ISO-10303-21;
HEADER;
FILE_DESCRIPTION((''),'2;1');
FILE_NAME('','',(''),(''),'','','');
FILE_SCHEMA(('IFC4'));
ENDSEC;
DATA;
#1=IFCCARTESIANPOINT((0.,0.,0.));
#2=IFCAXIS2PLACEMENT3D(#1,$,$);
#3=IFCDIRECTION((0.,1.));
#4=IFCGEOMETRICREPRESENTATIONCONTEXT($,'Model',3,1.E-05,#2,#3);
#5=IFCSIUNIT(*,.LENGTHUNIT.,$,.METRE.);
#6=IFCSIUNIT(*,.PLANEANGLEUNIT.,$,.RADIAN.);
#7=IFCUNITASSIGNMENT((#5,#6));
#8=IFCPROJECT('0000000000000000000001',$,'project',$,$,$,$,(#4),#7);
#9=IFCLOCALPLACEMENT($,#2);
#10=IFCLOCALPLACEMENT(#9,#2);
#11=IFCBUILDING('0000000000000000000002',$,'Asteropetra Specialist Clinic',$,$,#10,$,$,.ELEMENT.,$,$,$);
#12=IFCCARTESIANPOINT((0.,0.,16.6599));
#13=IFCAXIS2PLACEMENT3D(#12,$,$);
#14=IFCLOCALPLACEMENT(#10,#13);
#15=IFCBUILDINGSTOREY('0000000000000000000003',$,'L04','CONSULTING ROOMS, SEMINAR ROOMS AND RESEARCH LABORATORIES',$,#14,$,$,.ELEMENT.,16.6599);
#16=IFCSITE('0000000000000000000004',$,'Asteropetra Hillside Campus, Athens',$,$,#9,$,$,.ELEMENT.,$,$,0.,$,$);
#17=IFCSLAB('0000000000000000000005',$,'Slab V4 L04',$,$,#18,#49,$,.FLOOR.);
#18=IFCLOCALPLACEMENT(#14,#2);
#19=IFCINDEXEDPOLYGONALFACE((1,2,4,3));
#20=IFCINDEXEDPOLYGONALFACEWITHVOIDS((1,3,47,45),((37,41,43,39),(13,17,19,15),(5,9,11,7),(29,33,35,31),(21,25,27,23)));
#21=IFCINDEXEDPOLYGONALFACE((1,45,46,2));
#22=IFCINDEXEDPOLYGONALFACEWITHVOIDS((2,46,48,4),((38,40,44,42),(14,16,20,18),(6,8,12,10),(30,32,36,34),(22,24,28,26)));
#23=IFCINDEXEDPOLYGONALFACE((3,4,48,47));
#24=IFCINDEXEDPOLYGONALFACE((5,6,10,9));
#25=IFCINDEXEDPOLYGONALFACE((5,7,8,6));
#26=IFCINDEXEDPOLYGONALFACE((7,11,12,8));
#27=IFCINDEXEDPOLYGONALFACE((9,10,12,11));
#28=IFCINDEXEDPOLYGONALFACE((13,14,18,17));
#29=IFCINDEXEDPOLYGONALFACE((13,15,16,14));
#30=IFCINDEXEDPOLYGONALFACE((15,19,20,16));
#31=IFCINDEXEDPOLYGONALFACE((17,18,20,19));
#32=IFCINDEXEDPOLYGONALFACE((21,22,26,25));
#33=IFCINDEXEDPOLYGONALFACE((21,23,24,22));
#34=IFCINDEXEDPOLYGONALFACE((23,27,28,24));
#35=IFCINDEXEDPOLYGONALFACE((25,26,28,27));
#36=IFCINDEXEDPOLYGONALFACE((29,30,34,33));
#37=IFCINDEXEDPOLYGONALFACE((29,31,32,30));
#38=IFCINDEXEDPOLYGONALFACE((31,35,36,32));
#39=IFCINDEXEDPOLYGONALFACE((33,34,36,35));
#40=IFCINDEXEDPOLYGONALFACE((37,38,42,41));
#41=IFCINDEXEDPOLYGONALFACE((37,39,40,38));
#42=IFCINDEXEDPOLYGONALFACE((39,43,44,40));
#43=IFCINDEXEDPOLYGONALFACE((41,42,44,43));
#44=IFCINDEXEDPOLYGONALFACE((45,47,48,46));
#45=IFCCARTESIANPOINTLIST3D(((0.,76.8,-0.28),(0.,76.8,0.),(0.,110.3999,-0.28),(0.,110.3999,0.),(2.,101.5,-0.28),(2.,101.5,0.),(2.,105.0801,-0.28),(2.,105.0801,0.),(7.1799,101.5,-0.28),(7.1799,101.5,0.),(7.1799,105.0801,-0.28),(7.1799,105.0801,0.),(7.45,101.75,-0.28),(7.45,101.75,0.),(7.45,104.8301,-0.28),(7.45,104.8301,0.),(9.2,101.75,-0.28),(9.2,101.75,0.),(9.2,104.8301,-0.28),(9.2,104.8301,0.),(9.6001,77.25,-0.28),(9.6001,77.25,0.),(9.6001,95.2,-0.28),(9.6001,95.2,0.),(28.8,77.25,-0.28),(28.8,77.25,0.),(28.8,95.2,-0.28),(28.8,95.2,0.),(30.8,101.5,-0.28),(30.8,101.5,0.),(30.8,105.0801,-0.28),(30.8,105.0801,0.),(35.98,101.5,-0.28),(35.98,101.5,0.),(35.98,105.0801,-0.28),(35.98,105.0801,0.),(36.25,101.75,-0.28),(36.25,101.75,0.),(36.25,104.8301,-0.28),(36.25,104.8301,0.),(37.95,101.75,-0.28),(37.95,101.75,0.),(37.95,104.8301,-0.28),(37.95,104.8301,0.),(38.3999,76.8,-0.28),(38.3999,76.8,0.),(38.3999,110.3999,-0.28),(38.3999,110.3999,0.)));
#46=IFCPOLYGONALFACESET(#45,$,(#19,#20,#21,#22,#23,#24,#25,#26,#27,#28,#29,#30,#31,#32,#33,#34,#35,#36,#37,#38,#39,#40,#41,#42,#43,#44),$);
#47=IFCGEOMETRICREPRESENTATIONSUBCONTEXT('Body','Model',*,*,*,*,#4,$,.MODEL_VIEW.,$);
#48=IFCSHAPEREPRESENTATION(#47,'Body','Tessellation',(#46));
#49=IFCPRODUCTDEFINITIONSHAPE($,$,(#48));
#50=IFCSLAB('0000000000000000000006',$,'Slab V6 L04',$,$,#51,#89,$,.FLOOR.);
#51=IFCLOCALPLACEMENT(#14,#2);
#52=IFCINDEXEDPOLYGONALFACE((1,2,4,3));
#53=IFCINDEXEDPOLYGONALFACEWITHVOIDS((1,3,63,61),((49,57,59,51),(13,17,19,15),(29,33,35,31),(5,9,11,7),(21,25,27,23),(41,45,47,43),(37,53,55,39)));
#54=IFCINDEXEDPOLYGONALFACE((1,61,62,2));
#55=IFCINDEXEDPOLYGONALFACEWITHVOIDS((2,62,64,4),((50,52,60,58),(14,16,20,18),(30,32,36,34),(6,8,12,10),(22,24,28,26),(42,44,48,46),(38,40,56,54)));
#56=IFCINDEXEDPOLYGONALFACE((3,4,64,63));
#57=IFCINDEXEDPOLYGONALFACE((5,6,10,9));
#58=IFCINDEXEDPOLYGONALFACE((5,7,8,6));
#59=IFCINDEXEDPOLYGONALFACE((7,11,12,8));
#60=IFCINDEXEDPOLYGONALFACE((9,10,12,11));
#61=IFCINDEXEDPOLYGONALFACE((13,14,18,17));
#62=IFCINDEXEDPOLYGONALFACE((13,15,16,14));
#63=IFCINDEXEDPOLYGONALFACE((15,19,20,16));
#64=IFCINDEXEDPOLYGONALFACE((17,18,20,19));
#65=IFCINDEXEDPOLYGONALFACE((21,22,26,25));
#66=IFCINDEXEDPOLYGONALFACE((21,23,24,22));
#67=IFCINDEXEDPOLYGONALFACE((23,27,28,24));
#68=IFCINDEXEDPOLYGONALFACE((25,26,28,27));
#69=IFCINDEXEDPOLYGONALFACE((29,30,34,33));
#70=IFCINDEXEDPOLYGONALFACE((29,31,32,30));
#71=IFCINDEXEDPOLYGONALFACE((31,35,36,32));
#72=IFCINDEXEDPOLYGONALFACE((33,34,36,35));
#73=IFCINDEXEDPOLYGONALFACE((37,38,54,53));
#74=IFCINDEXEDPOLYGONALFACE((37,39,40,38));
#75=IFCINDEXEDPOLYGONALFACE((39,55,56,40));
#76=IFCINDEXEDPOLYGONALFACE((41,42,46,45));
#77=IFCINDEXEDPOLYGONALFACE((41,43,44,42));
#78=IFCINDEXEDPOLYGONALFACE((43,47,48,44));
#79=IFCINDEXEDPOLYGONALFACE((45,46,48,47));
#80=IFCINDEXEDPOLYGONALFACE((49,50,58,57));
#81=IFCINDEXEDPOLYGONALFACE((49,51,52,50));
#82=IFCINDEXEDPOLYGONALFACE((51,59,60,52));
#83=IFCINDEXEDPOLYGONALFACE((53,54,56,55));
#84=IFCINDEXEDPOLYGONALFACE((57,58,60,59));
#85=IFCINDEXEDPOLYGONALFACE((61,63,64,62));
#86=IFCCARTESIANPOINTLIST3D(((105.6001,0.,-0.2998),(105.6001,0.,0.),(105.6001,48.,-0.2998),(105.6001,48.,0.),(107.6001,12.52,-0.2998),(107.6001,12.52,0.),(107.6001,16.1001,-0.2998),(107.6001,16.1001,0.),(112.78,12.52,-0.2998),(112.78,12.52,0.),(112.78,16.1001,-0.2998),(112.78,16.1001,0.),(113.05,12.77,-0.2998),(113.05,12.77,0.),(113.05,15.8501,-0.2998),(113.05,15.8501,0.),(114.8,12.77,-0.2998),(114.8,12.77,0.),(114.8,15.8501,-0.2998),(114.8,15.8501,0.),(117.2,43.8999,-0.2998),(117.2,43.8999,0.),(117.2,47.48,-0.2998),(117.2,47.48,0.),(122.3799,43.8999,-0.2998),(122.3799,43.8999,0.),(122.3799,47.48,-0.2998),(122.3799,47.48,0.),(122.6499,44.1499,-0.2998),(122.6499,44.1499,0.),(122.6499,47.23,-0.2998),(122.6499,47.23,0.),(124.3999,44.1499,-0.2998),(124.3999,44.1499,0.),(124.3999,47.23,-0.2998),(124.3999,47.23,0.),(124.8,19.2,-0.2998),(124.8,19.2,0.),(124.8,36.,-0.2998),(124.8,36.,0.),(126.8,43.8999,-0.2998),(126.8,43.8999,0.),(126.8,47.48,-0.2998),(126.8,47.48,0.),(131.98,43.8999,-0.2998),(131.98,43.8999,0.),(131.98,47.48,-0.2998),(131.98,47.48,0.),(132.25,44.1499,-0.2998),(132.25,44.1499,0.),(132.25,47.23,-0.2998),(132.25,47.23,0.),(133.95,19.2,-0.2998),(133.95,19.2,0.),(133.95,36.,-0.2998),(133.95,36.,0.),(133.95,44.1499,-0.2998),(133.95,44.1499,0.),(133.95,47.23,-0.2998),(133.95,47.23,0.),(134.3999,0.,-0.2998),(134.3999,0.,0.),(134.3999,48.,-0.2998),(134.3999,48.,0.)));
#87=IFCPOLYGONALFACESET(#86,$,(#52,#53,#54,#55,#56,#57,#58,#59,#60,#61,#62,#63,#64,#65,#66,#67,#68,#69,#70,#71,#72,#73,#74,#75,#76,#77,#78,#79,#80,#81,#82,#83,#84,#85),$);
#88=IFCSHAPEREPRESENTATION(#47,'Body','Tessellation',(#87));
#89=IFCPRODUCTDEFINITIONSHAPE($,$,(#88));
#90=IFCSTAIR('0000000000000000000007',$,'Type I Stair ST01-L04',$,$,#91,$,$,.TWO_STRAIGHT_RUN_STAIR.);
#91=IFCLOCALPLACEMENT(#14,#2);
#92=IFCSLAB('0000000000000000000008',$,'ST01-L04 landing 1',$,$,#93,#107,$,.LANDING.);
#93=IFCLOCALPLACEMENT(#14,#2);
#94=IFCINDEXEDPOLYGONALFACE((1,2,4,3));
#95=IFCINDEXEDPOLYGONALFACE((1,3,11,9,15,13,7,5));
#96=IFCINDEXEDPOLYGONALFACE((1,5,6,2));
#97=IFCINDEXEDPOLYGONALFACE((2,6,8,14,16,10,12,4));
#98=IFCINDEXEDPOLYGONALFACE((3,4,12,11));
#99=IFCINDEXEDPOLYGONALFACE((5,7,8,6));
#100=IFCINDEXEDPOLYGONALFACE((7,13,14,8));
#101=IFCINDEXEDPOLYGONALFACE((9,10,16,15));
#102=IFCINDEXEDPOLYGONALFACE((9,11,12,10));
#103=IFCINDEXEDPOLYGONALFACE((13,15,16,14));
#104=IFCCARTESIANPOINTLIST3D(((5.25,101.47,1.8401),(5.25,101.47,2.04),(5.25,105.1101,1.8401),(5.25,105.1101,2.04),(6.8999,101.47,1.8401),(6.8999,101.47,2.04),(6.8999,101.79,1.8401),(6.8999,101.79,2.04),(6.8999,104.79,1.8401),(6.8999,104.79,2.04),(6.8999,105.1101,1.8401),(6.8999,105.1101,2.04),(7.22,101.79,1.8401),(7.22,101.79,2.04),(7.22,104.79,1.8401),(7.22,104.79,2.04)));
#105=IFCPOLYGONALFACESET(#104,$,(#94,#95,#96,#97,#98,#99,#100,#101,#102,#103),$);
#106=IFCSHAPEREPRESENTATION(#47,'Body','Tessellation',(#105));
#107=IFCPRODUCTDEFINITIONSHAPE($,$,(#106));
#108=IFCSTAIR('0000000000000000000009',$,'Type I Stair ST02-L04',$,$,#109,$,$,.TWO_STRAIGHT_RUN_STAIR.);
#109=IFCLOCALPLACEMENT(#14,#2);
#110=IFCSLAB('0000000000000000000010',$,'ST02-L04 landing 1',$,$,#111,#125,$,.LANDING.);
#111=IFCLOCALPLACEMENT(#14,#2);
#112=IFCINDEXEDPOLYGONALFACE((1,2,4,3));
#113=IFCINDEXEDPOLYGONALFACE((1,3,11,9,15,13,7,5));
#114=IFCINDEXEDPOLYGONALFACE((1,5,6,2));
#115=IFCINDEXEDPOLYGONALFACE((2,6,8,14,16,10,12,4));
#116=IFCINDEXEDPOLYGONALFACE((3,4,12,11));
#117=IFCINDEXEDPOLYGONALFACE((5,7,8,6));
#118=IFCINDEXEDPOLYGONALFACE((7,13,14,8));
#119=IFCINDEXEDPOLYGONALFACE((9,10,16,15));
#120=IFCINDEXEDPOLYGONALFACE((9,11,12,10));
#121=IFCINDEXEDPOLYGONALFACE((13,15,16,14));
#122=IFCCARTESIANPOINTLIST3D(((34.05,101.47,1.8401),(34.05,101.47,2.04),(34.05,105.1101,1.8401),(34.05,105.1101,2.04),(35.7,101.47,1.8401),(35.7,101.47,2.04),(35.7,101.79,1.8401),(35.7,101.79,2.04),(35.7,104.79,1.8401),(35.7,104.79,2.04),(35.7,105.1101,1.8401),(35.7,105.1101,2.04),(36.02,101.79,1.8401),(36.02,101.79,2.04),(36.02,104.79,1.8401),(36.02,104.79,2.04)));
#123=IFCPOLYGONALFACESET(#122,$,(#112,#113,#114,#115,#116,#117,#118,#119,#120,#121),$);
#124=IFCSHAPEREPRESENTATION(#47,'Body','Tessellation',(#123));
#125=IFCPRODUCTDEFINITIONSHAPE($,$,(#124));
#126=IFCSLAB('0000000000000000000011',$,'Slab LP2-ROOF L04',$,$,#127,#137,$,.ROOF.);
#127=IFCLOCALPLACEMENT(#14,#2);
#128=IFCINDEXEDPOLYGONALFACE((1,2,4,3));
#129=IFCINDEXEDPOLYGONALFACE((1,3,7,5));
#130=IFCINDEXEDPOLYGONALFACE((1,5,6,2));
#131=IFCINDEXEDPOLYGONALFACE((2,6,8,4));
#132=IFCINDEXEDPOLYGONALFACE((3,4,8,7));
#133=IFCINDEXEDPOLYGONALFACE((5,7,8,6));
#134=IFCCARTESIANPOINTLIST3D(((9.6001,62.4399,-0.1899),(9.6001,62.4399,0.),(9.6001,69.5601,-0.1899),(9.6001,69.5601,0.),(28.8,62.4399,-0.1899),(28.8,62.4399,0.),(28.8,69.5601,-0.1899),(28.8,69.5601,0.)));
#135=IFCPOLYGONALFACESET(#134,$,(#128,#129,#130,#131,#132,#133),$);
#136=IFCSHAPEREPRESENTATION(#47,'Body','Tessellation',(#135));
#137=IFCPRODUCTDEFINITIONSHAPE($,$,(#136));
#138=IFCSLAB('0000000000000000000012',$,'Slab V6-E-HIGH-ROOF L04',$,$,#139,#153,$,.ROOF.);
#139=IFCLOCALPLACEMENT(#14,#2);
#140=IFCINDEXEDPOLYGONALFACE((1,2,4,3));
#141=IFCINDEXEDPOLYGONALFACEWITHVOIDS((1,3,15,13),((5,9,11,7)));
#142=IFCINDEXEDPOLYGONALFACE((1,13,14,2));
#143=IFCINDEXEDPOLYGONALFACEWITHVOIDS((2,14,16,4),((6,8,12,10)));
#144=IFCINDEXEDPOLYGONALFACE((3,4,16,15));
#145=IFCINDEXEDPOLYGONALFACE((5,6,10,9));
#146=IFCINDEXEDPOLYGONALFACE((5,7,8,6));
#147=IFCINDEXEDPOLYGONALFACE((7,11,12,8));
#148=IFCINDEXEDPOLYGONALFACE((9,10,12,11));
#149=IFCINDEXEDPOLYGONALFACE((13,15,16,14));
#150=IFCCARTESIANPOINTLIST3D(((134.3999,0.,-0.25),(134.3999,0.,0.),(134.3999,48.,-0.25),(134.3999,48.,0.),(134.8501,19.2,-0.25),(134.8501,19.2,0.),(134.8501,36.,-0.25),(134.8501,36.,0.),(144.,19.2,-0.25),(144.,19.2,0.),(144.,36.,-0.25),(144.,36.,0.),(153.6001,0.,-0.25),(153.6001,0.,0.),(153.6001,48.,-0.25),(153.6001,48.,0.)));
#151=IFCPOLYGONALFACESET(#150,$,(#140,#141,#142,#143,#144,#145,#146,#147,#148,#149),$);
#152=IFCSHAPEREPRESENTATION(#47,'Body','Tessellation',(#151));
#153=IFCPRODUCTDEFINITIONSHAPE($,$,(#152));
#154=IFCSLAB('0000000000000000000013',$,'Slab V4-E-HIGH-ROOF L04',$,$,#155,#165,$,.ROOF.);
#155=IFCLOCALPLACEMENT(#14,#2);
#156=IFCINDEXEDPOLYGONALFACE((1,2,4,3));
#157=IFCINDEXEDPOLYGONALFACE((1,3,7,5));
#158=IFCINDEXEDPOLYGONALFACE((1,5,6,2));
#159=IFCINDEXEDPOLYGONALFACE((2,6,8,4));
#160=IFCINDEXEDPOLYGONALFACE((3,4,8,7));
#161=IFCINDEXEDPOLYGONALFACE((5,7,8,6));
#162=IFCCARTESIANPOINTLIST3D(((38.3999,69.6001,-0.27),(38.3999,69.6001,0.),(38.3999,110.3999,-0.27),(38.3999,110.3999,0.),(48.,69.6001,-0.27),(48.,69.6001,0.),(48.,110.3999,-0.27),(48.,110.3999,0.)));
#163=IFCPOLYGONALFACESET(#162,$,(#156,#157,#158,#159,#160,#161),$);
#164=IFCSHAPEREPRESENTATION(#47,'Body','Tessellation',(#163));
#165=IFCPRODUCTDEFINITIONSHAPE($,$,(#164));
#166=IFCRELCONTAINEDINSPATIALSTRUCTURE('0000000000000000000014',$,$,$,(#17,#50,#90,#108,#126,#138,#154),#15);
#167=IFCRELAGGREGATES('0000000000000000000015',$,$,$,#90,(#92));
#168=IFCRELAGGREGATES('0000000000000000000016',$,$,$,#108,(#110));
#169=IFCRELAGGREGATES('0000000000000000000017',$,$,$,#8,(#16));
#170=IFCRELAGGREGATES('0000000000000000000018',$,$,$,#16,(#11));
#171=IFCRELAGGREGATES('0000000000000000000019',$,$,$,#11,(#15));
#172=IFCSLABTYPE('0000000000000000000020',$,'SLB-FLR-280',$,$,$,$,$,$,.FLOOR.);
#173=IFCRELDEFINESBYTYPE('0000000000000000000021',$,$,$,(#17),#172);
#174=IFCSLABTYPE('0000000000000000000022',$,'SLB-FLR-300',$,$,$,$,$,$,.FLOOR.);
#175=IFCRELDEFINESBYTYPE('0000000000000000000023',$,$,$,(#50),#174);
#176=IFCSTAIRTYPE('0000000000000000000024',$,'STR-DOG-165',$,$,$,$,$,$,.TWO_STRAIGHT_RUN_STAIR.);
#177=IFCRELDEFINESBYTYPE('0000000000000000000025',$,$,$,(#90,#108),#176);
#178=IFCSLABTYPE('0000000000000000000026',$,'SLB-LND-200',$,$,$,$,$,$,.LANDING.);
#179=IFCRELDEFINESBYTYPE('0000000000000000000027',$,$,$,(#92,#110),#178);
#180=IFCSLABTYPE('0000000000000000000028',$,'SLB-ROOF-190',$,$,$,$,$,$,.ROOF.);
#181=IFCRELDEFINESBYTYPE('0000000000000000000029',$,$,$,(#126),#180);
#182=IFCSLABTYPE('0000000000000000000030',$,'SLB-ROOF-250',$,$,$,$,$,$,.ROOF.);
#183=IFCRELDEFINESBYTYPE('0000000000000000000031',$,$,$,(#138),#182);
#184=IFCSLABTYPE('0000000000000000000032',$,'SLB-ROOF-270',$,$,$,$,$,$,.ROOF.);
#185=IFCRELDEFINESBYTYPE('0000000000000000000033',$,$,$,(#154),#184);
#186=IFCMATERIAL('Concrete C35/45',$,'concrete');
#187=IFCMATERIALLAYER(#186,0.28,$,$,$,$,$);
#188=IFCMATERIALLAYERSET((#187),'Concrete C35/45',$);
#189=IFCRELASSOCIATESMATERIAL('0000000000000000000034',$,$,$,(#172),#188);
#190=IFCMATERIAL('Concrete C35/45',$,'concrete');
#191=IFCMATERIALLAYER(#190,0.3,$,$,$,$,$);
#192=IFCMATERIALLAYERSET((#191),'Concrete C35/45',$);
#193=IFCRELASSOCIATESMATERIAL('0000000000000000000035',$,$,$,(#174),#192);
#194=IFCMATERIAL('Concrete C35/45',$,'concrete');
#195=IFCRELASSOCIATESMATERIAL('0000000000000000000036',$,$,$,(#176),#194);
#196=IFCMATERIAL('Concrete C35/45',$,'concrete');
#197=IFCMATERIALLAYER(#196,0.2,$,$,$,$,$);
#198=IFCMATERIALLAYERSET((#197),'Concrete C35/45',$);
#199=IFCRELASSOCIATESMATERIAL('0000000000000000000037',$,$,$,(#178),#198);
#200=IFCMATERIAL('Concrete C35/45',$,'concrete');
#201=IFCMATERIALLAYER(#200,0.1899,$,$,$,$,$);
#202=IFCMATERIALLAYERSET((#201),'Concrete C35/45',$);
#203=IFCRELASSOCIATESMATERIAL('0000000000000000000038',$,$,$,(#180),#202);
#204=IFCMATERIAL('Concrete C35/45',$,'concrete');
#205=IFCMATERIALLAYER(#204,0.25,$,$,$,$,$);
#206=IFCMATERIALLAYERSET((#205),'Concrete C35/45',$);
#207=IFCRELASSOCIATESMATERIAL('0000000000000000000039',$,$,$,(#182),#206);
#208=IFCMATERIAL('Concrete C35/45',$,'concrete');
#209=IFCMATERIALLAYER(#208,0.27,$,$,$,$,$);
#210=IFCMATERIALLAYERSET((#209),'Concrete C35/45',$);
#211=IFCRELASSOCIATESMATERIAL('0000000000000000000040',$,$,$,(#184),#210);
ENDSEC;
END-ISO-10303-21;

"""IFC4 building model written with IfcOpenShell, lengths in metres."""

from ifc_helpers import new_model, si_unit, direction, frame, origin, place, context, subcontext, project, spatial, polyline, outline, extrude, material, layer, layer_set, type_object, element, aggregate, save


model = new_model("IFC4")

# Units and contexts
model_context = context("Model", 3, precision=1e-05, world=origin(), true_north=direction((0.0, 1.0)))
body_context = subcontext(model_context, "Body", "Model", "MODEL_VIEW")
ifc_project = project(units=[si_unit("LENGTHUNIT", "METRE"), si_unit("PLANEANGLEUNIT", "RADIAN")], contexts=[model_context])

# Site, building, storey
site_placement = place(None, origin())
site = spatial("IfcSite", under=ifc_project, at=site_placement, Name="Asteropetra Hillside Campus, Athens", CompositionType="ELEMENT", RefElevation=0.0)
building_placement = place(site_placement, origin())
building = spatial("IfcBuilding", under=site, at=building_placement, Name="Asteropetra Specialist Clinic", CompositionType="ELEMENT")
storey_placement = place(building_placement, frame((0.0, 0.0, 16.6599)))
storey = spatial("IfcBuildingStorey", under=building, at=storey_placement, Name="L04", Description="CONSULTING ROOMS, SEMINAR ROOMS AND RESEARCH LABORATORIES", CompositionType="ELEMENT", Elevation=16.6599)

# Slabs
ifc_material_1 = material(Name="Concrete C35/45", Category="concrete")
ifc_layer_1 = layer(ifc_material_1, 0.28)
ifc_layer_set_1 = layer_set([ifc_layer_1], Name="Concrete C35/45")
slab_type_1 = type_object("IfcSlabType", Name="SLB-FLR-280", PredefinedType="FLOOR", material=ifc_layer_set_1)
slab_1_placement = place(storey_placement, frame((0.0, 0.0, -0.28)))
element("IfcSlab", 1, at=slab_1_placement, inside=storey, type_object=slab_type_1, Name="Slab V4 L04", PredefinedType="FLOOR", context=body_context, shape_type="SweptSolid", body=[
    extrude(outline(polyline([(0.0, 76.8), (38.3999, 76.8), (38.3999, 110.3999), (0.0, 110.3999), (0.0, 76.8)]), holes=[polyline([(9.6001, 77.25), (28.8, 77.25), (28.8, 95.2), (9.6001, 95.2), (9.6001, 77.25)]), polyline([(2.0, 101.5), (7.1799, 101.5), (7.1799, 105.0801), (2.0, 105.0801), (2.0, 101.5)]), polyline([(7.45, 101.75), (9.2, 101.75), (9.2, 104.8301), (7.45, 104.8301), (7.45, 101.75)]), polyline([(30.8, 101.5), (35.98, 101.5), (35.98, 105.0801), (30.8, 105.0801), (30.8, 101.5)]), polyline([(36.25, 101.75), (37.95, 101.75), (37.95, 104.8301), (36.25, 104.8301), (36.25, 101.75)])]), origin(), (0.0, 0.0, 1.0), 0.28),
])
ifc_material_2 = material(Name="Concrete C35/45", Category="concrete")
ifc_layer_2 = layer(ifc_material_2, 0.3)
ifc_layer_set_2 = layer_set([ifc_layer_2], Name="Concrete C35/45")
slab_type_2 = type_object("IfcSlabType", Name="SLB-FLR-300", PredefinedType="FLOOR", material=ifc_layer_set_2)
slab_2_placement = place(storey_placement, frame((0.0, 0.0, -0.2998)))
element("IfcSlab", 2, at=slab_2_placement, inside=storey, type_object=slab_type_2, Name="Slab V6 L04", PredefinedType="FLOOR", context=body_context, shape_type="SweptSolid", body=[
    extrude(outline(polyline([(105.6001, 0.0), (134.3999, 0.0), (134.3999, 48.0), (105.6001, 48.0), (105.6001, 0.0)]), holes=[polyline([(124.8, 19.2), (133.95, 19.2), (133.95, 36.0), (124.8, 36.0), (124.8, 19.2)]), polyline([(107.6001, 12.52), (112.78, 12.52), (112.78, 16.1001), (107.6001, 16.1001), (107.6001, 12.52)]), polyline([(113.05, 12.77), (114.8, 12.77), (114.8, 15.8501), (113.05, 15.8501), (113.05, 12.77)]), polyline([(126.8, 43.8999), (131.98, 43.8999), (131.98, 47.48), (126.8, 47.48), (126.8, 43.8999)]), polyline([(132.25, 44.1499), (133.95, 44.1499), (133.95, 47.23), (132.25, 47.23), (132.25, 44.1499)]), polyline([(117.2, 43.8999), (122.3799, 43.8999), (122.3799, 47.48), (117.2, 47.48), (117.2, 43.8999)]), polyline([(122.6499, 44.1499), (124.3999, 44.1499), (124.3999, 47.23), (122.6499, 47.23), (122.6499, 44.1499)])]), origin(), (0.0, 0.0, 1.0), 0.2998),
])

# Stairs, slabs
ifc_material_3 = material(Name="Concrete C35/45", Category="concrete")
stair_type = type_object("IfcStairType", Name="STR-DOG-165", PredefinedType="TWO_STRAIGHT_RUN_STAIR", material=ifc_material_3)
stair_1_placement = place(storey_placement, origin())
stair_1 = element("IfcStair", 3, at=stair_1_placement, inside=storey, type_object=stair_type, Name="Type I Stair ST01-L04", PredefinedType="TWO_STRAIGHT_RUN_STAIR")
ifc_material_4 = material(Name="Concrete C35/45", Category="concrete")
ifc_layer_3 = layer(ifc_material_4, 0.2)
ifc_layer_set_3 = layer_set([ifc_layer_3], Name="Concrete C35/45")
slab_type_3 = type_object("IfcSlabType", Name="SLB-LND-200", PredefinedType="LANDING", material=ifc_layer_set_3)
slab_3_placement = place(storey_placement, frame((0.0, 0.0, 1.8401)))
slab_3 = element("IfcSlab", 4, at=slab_3_placement, type_object=slab_type_3, Name="ST01-L04 landing 1", PredefinedType="LANDING", context=body_context, shape_type="SweptSolid", body=[
    extrude(outline(polyline([(5.25, 101.47), (6.8999, 101.47), (6.8999, 101.79), (7.22, 101.79), (7.22, 104.79), (6.8999, 104.79), (6.8999, 105.1101), (5.25, 105.1101), (5.25, 101.47)])), origin(), (0.0, 0.0, 1.0), 0.2),
])
aggregate(stair_1, [slab_3])
stair_2_placement = place(storey_placement, origin())
stair_2 = element("IfcStair", 5, at=stair_2_placement, inside=storey, type_object=stair_type, Name="Type I Stair ST02-L04", PredefinedType="TWO_STRAIGHT_RUN_STAIR")
slab_4_placement = place(storey_placement, frame((0.0, 0.0, 1.8401)))
slab_4 = element("IfcSlab", 6, at=slab_4_placement, type_object=slab_type_3, Name="ST02-L04 landing 1", PredefinedType="LANDING", context=body_context, shape_type="SweptSolid", body=[
    extrude(outline(polyline([(34.05, 101.47), (35.7, 101.47), (35.7, 101.79), (36.02, 101.79), (36.02, 104.79), (35.7, 104.79), (35.7, 105.1101), (34.05, 105.1101), (34.05, 101.47)])), origin(), (0.0, 0.0, 1.0), 0.2),
])
aggregate(stair_2, [slab_4])

# Slabs
ifc_material_5 = material(Name="Concrete C35/45", Category="concrete")
ifc_layer_4 = layer(ifc_material_5, 0.1899)
ifc_layer_set_4 = layer_set([ifc_layer_4], Name="Concrete C35/45")
slab_type_4 = type_object("IfcSlabType", Name="SLB-ROOF-190", PredefinedType="ROOF", material=ifc_layer_set_4)
slab_5_placement = place(storey_placement, frame((0.0, 0.0, -0.1899)))
element("IfcSlab", 7, at=slab_5_placement, inside=storey, type_object=slab_type_4, Name="Slab LP2-ROOF L04", PredefinedType="ROOF", context=body_context, shape_type="SweptSolid", body=[
    extrude(outline(polyline([(9.6001, 62.4399), (28.8, 62.4399), (28.8, 69.5601), (9.6001, 69.5601), (9.6001, 62.4399)])), origin(), (0.0, 0.0, 1.0), 0.1899),
])
ifc_material_6 = material(Name="Concrete C35/45", Category="concrete")
ifc_layer_5 = layer(ifc_material_6, 0.25)
ifc_layer_set_5 = layer_set([ifc_layer_5], Name="Concrete C35/45")
slab_type_5 = type_object("IfcSlabType", Name="SLB-ROOF-250", PredefinedType="ROOF", material=ifc_layer_set_5)
slab_6_placement = place(storey_placement, frame((0.0, 0.0, -0.25)))
element("IfcSlab", 8, at=slab_6_placement, inside=storey, type_object=slab_type_5, Name="Slab V6-E-HIGH-ROOF L04", PredefinedType="ROOF", context=body_context, shape_type="SweptSolid", body=[
    extrude(outline(polyline([(134.3999, 0.0), (153.6001, 0.0), (153.6001, 48.0), (134.3999, 48.0), (134.3999, 0.0)]), holes=[polyline([(134.8501, 19.2), (144.0, 19.2), (144.0, 36.0), (134.8501, 36.0), (134.8501, 19.2)])]), origin(), (0.0, 0.0, 1.0), 0.25),
])
ifc_material_7 = material(Name="Concrete C35/45", Category="concrete")
ifc_layer_6 = layer(ifc_material_7, 0.27)
ifc_layer_set_6 = layer_set([ifc_layer_6], Name="Concrete C35/45")
slab_type_6 = type_object("IfcSlabType", Name="SLB-ROOF-270", PredefinedType="ROOF", material=ifc_layer_set_6)
slab_7_placement = place(storey_placement, frame((0.0, 0.0, -0.27)))
element("IfcSlab", 9, at=slab_7_placement, inside=storey, type_object=slab_type_6, Name="Slab V4-E-HIGH-ROOF L04", PredefinedType="ROOF", context=body_context, shape_type="SweptSolid", body=[
    extrude(outline(polyline([(38.3999, 69.6001), (48.0, 69.6001), (48.0, 110.3999), (38.3999, 110.3999), (38.3999, 69.6001)])), origin(), (0.0, 0.0, 1.0), 0.27),
])

save(model, "model.ifc")
